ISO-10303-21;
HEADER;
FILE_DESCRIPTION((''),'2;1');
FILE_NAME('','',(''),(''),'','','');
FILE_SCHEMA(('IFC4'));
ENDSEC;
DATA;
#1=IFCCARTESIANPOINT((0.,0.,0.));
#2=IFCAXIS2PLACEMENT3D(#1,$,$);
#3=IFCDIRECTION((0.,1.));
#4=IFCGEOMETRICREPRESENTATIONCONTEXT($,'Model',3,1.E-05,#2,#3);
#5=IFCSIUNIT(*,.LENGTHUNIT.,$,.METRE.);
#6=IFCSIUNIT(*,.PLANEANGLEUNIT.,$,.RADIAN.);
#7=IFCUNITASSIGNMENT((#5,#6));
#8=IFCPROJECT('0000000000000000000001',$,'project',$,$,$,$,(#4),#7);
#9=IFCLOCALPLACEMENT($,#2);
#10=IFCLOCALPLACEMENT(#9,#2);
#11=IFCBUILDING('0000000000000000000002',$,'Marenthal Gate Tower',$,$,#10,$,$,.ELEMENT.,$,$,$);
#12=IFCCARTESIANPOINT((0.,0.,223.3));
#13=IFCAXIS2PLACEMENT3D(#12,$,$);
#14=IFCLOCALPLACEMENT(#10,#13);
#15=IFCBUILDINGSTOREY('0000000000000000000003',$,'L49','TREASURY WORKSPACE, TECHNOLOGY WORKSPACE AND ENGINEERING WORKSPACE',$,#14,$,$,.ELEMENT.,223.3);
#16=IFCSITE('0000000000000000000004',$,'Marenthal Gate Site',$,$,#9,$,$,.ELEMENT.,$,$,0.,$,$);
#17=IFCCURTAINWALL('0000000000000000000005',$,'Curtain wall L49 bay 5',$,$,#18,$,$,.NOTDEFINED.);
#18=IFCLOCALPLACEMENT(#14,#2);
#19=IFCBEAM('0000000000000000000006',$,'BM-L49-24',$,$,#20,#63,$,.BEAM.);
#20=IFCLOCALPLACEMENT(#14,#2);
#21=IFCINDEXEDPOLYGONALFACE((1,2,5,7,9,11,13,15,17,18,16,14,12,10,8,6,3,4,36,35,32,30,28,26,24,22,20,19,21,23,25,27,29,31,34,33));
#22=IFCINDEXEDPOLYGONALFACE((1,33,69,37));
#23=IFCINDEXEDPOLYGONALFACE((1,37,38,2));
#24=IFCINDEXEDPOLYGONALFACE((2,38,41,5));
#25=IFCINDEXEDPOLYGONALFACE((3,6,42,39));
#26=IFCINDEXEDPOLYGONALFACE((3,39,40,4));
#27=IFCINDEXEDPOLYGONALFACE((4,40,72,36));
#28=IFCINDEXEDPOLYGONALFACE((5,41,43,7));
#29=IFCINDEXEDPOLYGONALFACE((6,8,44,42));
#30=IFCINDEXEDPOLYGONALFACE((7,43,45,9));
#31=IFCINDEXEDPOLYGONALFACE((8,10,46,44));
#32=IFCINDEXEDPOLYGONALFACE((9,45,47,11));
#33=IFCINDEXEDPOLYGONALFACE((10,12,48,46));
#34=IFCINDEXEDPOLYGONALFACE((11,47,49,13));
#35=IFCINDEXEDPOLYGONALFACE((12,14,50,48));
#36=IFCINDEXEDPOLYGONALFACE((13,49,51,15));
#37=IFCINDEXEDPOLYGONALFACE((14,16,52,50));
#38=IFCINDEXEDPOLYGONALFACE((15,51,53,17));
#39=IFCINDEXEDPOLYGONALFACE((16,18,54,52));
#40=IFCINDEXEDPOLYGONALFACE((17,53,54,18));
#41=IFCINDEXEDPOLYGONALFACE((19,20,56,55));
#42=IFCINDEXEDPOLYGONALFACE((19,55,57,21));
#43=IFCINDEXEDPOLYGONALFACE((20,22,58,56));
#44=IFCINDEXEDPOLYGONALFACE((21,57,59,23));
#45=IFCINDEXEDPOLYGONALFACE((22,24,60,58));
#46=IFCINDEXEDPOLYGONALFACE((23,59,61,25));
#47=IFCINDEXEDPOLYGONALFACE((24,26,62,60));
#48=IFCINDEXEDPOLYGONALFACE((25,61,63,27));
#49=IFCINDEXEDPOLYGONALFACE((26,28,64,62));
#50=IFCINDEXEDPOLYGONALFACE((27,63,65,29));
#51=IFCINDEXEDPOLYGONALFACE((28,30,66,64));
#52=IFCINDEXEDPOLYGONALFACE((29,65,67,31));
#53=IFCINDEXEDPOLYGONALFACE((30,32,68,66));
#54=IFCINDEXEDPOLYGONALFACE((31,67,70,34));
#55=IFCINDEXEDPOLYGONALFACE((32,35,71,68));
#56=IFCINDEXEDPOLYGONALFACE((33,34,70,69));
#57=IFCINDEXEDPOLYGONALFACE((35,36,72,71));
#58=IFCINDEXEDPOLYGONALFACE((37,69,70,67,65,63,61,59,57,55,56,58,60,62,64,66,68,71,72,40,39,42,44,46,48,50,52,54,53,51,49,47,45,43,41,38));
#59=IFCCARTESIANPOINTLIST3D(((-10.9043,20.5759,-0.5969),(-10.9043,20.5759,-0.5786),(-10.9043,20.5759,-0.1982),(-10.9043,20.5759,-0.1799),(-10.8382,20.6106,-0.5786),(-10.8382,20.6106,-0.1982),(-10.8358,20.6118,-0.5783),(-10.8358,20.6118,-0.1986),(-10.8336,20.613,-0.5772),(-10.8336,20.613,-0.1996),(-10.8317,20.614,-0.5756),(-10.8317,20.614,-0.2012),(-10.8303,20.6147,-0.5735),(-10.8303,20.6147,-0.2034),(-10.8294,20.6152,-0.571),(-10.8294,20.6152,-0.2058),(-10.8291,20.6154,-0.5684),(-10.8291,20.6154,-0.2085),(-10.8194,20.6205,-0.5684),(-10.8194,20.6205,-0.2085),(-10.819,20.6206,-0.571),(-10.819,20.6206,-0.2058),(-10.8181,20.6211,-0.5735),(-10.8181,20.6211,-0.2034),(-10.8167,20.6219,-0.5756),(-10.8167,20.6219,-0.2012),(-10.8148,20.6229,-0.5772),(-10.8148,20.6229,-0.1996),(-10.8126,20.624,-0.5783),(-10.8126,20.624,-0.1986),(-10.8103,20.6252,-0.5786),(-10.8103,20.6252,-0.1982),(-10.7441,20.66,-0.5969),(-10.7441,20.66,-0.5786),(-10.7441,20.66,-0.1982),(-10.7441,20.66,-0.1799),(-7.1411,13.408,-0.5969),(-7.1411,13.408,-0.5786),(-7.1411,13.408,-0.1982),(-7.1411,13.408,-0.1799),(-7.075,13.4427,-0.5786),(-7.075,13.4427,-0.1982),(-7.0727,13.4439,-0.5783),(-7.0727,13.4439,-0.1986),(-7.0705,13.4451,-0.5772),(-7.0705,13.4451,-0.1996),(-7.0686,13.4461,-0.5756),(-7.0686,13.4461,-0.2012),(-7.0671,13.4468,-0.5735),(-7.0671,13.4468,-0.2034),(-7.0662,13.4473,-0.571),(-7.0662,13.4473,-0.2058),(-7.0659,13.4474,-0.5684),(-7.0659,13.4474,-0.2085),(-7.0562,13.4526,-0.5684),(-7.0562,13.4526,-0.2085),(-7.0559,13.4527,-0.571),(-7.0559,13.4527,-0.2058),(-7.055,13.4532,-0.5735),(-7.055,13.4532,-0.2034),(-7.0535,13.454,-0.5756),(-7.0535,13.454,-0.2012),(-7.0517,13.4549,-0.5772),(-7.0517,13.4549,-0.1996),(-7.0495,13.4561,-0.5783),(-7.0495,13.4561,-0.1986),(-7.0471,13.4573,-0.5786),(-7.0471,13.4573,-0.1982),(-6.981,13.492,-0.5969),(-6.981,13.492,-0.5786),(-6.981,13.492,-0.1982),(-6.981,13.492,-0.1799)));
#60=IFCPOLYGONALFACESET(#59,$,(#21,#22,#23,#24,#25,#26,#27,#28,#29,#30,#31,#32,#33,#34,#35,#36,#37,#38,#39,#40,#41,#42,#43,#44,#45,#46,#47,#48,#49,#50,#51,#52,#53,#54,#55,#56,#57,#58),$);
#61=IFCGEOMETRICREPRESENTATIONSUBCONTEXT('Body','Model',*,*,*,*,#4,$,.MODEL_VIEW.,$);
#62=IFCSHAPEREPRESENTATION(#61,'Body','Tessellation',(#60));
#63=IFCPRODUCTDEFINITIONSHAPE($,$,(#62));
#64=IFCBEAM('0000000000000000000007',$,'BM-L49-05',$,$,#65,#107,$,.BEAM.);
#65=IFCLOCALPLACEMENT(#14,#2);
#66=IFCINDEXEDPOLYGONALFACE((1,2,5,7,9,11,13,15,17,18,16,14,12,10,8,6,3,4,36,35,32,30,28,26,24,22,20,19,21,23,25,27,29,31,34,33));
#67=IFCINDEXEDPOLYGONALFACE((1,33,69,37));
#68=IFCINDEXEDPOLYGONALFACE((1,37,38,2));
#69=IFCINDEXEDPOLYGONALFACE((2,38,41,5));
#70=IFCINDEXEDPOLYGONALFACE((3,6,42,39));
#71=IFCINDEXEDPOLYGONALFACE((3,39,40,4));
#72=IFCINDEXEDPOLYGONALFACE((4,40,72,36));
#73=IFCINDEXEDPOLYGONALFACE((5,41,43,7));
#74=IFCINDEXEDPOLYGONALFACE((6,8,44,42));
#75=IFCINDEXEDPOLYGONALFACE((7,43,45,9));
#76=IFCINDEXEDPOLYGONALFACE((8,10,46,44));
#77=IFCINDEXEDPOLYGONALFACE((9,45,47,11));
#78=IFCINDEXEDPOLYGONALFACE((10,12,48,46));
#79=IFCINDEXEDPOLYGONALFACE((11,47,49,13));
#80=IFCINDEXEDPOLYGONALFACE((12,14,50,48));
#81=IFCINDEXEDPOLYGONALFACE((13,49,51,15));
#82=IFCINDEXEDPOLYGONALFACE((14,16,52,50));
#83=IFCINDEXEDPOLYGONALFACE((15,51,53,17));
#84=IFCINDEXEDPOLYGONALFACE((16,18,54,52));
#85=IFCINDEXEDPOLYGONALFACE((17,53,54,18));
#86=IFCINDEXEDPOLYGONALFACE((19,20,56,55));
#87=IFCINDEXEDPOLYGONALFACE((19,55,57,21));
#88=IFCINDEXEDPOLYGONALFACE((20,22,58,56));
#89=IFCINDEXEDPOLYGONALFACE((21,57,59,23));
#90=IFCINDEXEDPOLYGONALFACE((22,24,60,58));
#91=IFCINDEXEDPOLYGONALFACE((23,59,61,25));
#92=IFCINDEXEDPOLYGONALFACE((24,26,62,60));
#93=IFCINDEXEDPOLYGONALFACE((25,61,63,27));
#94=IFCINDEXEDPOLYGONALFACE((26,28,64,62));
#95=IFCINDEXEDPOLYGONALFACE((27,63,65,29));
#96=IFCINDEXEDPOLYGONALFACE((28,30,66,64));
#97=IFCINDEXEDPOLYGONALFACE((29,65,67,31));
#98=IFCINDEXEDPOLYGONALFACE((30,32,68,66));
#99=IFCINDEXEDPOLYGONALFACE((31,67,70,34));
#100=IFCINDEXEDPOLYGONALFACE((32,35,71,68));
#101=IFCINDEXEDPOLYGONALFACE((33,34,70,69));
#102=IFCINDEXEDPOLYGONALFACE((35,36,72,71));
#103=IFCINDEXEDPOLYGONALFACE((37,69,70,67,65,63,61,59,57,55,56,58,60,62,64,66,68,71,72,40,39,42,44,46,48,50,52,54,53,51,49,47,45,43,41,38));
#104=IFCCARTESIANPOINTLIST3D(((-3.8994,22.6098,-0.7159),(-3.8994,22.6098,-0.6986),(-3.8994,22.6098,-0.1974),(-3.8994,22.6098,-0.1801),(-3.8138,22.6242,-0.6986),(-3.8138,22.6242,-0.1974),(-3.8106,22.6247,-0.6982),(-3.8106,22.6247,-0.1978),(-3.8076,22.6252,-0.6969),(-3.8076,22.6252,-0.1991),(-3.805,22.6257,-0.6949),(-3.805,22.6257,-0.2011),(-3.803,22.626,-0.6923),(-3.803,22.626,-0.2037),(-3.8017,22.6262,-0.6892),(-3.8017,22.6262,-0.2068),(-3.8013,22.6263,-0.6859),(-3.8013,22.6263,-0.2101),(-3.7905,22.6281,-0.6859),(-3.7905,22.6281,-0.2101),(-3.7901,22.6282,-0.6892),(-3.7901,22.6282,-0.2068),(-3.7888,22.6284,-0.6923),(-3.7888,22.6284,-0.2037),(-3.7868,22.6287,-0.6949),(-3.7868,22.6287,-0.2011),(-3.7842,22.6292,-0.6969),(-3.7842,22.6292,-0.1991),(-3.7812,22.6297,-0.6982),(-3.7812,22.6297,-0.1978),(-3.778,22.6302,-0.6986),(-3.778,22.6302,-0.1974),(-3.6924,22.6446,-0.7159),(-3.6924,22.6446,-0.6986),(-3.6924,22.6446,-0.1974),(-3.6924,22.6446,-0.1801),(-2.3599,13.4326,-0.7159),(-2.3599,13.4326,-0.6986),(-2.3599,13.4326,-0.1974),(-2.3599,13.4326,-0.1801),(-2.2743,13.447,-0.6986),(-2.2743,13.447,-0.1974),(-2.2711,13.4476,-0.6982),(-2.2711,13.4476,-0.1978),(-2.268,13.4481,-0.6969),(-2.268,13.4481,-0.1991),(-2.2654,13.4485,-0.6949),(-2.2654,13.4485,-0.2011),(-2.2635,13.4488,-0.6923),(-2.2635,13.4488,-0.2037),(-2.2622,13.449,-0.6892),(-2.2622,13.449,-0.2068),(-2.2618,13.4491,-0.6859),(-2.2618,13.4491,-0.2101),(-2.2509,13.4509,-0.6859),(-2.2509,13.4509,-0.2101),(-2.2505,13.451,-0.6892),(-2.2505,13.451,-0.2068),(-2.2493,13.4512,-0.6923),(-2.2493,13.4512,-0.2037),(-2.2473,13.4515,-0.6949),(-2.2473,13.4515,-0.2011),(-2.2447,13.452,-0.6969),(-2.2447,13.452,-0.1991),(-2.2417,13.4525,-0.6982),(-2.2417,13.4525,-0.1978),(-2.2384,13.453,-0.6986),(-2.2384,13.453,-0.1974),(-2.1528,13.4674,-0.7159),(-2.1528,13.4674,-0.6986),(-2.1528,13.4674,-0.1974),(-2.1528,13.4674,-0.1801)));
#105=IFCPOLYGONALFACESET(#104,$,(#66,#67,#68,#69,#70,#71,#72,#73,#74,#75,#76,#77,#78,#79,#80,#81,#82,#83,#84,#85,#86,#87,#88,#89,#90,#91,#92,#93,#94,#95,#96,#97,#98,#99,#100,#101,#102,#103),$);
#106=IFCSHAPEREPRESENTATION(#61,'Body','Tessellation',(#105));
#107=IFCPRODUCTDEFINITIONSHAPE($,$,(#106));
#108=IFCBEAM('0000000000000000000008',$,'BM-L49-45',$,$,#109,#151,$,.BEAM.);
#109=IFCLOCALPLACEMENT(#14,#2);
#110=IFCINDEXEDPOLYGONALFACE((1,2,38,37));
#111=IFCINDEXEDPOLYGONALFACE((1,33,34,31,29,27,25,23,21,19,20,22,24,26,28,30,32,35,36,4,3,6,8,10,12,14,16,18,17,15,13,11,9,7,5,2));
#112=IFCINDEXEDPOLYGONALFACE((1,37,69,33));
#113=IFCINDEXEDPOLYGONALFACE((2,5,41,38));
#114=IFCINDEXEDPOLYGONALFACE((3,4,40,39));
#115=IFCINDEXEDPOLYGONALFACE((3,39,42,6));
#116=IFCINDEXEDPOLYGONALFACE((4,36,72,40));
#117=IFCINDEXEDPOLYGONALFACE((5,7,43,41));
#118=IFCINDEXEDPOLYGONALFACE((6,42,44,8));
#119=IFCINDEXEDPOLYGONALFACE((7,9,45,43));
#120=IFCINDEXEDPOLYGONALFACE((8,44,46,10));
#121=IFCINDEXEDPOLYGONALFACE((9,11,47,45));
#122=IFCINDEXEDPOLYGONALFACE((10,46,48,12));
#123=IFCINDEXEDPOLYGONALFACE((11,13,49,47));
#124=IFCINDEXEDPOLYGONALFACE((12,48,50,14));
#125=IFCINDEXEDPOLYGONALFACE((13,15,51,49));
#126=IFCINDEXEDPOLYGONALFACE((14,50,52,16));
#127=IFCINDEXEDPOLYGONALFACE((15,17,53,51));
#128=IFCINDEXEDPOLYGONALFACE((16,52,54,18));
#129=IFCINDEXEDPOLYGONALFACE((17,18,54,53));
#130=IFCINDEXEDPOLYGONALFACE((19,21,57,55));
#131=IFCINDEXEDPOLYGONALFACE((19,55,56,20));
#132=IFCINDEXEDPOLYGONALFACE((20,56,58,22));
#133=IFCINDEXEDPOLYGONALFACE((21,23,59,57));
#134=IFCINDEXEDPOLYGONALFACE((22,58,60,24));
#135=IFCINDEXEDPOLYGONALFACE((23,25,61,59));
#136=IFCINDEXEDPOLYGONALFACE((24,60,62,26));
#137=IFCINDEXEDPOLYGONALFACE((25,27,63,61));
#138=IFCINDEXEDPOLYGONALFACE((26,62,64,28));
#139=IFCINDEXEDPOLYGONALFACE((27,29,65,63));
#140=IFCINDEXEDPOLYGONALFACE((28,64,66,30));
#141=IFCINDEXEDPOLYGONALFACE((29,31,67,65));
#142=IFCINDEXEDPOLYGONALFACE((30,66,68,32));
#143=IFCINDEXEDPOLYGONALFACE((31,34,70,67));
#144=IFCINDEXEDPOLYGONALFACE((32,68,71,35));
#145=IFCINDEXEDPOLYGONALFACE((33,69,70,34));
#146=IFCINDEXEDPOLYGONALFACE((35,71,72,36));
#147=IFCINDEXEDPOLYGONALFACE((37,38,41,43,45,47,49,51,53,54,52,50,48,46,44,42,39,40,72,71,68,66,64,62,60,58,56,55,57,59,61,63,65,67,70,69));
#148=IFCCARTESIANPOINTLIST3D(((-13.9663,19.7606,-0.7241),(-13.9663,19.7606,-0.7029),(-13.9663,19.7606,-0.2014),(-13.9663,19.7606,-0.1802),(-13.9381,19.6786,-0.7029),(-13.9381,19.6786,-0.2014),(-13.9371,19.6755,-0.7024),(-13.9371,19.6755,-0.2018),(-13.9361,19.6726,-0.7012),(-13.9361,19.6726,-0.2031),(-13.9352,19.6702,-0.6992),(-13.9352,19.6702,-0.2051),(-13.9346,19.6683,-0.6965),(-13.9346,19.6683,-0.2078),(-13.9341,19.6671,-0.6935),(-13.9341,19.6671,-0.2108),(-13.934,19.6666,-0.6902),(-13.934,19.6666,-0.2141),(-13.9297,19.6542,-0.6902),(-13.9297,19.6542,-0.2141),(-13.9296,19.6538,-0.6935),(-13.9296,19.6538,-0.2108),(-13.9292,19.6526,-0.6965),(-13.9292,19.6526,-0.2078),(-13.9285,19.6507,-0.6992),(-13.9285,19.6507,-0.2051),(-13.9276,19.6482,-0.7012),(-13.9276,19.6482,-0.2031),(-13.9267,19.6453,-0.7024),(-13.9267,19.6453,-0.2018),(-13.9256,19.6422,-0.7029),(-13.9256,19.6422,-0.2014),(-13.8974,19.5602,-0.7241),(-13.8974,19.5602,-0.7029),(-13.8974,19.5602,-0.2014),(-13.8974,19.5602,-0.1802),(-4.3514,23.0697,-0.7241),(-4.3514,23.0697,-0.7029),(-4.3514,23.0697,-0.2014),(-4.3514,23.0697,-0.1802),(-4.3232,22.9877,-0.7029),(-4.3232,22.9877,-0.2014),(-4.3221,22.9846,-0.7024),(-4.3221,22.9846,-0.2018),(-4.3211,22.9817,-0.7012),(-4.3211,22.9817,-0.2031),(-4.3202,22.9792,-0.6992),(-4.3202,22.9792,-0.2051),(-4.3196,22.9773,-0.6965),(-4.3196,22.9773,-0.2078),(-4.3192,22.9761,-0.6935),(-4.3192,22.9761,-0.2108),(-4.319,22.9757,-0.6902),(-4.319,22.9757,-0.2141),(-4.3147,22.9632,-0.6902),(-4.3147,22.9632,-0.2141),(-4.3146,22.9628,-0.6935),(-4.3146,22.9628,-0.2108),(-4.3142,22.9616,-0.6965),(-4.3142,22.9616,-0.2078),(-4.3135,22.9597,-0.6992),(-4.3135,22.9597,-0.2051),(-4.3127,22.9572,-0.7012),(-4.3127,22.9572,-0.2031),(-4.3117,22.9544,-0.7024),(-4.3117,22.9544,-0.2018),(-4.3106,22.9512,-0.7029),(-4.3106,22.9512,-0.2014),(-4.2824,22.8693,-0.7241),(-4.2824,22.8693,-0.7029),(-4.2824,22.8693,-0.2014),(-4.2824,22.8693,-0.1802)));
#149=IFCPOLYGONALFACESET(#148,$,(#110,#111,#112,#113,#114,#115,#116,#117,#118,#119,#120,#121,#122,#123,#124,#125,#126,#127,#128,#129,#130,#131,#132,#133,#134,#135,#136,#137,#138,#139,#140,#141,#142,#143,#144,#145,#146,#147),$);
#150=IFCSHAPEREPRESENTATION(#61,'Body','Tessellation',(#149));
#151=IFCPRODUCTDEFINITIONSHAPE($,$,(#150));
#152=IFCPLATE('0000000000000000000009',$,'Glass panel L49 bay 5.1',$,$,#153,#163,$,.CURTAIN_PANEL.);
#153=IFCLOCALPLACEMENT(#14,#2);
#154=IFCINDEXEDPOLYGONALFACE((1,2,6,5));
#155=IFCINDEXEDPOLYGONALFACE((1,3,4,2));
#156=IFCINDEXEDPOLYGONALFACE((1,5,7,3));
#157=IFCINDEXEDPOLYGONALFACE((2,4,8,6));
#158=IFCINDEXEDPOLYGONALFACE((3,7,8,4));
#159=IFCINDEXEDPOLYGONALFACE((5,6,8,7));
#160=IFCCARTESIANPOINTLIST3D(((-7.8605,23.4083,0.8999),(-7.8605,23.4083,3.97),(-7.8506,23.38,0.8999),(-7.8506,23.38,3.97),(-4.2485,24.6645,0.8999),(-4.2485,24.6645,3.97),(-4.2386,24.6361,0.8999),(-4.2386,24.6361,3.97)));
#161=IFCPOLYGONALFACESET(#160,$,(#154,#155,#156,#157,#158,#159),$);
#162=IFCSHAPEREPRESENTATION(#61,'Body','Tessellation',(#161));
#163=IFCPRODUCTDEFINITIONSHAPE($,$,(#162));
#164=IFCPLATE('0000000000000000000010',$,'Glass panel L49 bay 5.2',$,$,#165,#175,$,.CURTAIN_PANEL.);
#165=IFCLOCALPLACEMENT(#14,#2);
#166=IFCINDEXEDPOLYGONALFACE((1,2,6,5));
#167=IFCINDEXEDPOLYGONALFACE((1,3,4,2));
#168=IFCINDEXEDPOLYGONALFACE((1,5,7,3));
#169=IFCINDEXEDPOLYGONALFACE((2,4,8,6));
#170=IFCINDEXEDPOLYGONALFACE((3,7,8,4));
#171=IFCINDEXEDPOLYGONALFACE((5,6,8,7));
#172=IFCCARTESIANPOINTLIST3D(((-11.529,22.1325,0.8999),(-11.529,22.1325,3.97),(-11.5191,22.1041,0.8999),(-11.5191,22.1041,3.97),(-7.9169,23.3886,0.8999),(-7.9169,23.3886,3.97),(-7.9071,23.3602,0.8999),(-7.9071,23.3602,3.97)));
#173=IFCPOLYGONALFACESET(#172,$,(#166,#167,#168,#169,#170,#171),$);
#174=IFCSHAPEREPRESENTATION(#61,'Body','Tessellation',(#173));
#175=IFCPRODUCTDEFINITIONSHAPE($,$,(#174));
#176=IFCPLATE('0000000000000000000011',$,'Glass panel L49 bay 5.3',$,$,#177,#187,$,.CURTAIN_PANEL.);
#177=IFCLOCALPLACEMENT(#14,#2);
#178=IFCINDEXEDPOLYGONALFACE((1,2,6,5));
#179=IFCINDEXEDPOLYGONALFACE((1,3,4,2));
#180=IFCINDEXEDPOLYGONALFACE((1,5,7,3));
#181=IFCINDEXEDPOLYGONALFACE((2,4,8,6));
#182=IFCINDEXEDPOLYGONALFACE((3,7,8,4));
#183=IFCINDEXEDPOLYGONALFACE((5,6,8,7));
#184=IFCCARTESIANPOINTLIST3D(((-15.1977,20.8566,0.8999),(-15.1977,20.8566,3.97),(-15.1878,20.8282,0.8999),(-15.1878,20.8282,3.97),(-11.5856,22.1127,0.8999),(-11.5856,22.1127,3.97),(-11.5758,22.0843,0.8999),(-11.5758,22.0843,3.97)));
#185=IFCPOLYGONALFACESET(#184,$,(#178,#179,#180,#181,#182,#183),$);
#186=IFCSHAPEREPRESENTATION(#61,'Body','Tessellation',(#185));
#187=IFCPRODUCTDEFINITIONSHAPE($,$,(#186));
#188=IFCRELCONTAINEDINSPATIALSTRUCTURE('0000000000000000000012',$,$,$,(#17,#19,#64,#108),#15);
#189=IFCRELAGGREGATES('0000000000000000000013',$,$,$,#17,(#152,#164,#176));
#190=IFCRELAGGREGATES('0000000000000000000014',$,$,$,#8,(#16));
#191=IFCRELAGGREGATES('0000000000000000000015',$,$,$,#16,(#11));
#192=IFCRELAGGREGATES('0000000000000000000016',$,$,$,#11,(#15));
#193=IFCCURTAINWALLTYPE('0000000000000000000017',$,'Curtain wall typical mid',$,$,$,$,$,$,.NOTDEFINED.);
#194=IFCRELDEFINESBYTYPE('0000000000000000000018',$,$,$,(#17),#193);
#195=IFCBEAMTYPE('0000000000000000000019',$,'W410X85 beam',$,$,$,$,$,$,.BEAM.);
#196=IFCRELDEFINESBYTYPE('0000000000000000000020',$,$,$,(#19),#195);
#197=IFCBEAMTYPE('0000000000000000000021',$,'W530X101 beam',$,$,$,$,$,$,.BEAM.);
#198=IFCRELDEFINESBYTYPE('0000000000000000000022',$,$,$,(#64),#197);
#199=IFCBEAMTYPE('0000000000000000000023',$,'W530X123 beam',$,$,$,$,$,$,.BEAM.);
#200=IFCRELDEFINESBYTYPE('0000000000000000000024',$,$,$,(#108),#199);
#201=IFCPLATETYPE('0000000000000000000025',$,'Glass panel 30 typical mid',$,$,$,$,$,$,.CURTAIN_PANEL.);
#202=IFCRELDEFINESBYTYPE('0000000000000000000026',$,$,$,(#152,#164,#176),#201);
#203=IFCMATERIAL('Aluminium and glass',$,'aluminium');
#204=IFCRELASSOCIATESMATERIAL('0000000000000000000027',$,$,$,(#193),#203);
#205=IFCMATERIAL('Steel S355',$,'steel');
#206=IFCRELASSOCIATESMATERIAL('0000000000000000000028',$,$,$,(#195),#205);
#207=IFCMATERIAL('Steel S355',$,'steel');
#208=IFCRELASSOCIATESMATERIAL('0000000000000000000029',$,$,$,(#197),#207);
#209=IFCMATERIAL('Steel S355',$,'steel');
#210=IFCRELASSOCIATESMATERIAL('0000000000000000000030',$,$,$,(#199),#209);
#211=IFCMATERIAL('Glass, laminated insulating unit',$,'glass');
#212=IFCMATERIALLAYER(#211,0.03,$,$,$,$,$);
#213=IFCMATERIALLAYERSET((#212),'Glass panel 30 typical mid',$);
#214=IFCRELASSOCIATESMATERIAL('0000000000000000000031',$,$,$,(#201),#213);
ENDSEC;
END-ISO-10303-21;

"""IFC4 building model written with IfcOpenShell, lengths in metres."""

from ifc_helpers import new_model, si_unit, direction, frame, origin, origin_2d, place, context, subcontext, project, spatial, rectangle, i_section, extrude, material, layer, layer_set, material_profile, profile_set, type_object, element, aggregate, save


model = new_model("IFC4")

# Units and contexts
model_context = context("Model", 3, precision=1e-05, world=origin(), true_north=direction((0.0, 1.0)))
body_context = subcontext(model_context, "Body", "Model", "MODEL_VIEW")
ifc_project = project(units=[si_unit("LENGTHUNIT", "METRE"), si_unit("PLANEANGLEUNIT", "RADIAN")], contexts=[model_context])

# Site, building, storey
site_placement = place(None, origin())
site = spatial("IfcSite", under=ifc_project, at=site_placement, Name="Marenthal Gate Site", CompositionType="ELEMENT", RefElevation=0.0)
building_placement = place(site_placement, origin())
building = spatial("IfcBuilding", under=site, at=building_placement, Name="Marenthal Gate Tower", CompositionType="ELEMENT")
storey_placement = place(building_placement, frame((0.0, 0.0, 223.3)))
storey = spatial("IfcBuildingStorey", under=building, at=storey_placement, Name="L49", Description="TREASURY WORKSPACE, TECHNOLOGY WORKSPACE AND ENGINEERING WORKSPACE", CompositionType="ELEMENT", Elevation=223.3)

# Curtain wall
ifc_material_1 = material(Name="Aluminium and glass", Category="aluminium")
curtain_wall_type = type_object("IfcCurtainWallType", Name="Curtain wall typical mid", PredefinedType="NOTDEFINED", material=ifc_material_1)
curtain_wall_placement = place(storey_placement, origin())
curtain_wall = element("IfcCurtainWall", 1, at=curtain_wall_placement, inside=storey, type_object=curtain_wall_type, Name="Curtain wall L49 bay 5", PredefinedType="NOTDEFINED")

# Beams
ifc_material_2 = material(Name="Steel S355", Category="steel")
ifc_material_profile_1 = material_profile(ifc_material_2, i_section(OverallWidth=0.1809, OverallDepth=0.417, WebThickness=0.011, FlangeThickness=0.0183, FilletRadius=0.0103, at=origin_2d()), Name="W410X85")
ifc_profile_set_1 = profile_set([ifc_material_profile_1], Name="Steel S355")
beam_type_1 = type_object("IfcBeamType", Name="W410X85 beam", PredefinedType="BEAM", material=ifc_profile_set_1)
beam_1_placement = place(storey_placement, frame((-10.8242, 20.6179, -0.3884), z_axis=(0.464834, -0.885398, 0.0), x_axis=(0.885398, 0.464834, 0.0)))
element("IfcBeam", 2, at=beam_1_placement, inside=storey, type_object=beam_type_1, Name="BM-L49-24", PredefinedType="BEAM", context=body_context, shape_type="SweptSolid", body=[
    extrude(i_section(OverallWidth=0.1809, OverallDepth=0.417, WebThickness=0.011, FlangeThickness=0.0183, FilletRadius=0.0103, at=origin_2d()), origin(), (0.0, 0.0, 1.0), 8.0957),
])
ifc_material_3 = material(Name="Steel S355", Category="steel")
ifc_material_profile_2 = material_profile(ifc_material_3, i_section(OverallWidth=0.21, OverallDepth=0.5359, WebThickness=0.011, FlangeThickness=0.0173, FilletRadius=0.0127, at=origin_2d()), Name="W530X101")
ifc_profile_set_2 = profile_set([ifc_material_profile_2], Name="Steel S355")
beam_type_2 = type_object("IfcBeamType", Name="W530X101 beam", PredefinedType="BEAM", material=ifc_profile_set_2)
beam_2_placement = place(storey_placement, frame((-3.7959, 22.6272, -0.448), z_axis=(0.165446, -0.986219, 0.0), x_axis=(0.986219, 0.165446, 0.0)))
element("IfcBeam", 3, at=beam_2_placement, inside=storey, type_object=beam_type_2, Name="BM-L49-05", PredefinedType="BEAM", context=body_context, shape_type="SweptSolid", body=[
    extrude(i_section(OverallWidth=0.21, OverallDepth=0.5359, WebThickness=0.011, FlangeThickness=0.0173, FilletRadius=0.0127, at=origin_2d()), origin(), (0.0, 0.0, 1.0), 9.3054),
])
ifc_material_4 = material(Name="Steel S355", Category="steel")
ifc_material_profile_3 = material_profile(ifc_material_4, i_section(OverallWidth=0.2119, OverallDepth=0.5439, WebThickness=0.0132, FlangeThickness=0.0212, FilletRadius=0.0127, at=origin_2d()), Name="W530X123")
ifc_profile_set_3 = profile_set([ifc_material_profile_3], Name="Steel S355")
beam_type_3 = type_object("IfcBeamType", Name="W530X123 beam", PredefinedType="BEAM", material=ifc_profile_set_3)
beam_3_placement = place(storey_placement, frame((-4.3169, 22.9695, -0.4521), z_axis=(-0.945568, -0.325425, 0.0), x_axis=(0.325425, -0.945568, 0.0)))
element("IfcBeam", 4, at=beam_3_placement, inside=storey, type_object=beam_type_3, Name="BM-L49-45", PredefinedType="BEAM", context=body_context, shape_type="SweptSolid", body=[
    extrude(i_section(OverallWidth=0.2119, OverallDepth=0.5439, WebThickness=0.0132, FlangeThickness=0.0212, FilletRadius=0.0127, at=origin_2d()), origin(), (0.0, 0.0, 1.0), 10.1685),
])

# Plates
ifc_material_5 = material(Name="Glass, laminated insulating unit", Category="glass")
ifc_layer_1 = layer(ifc_material_5, 0.03)
ifc_layer_set_1 = layer_set([ifc_layer_1], Name="Glass panel 30 typical mid")
plate_type = type_object("IfcPlateType", Name="Glass panel 30 typical mid", PredefinedType="CURTAIN_PANEL", material=ifc_layer_set_1)
plate_1_placement = place(storey_placement, frame((-6.0496, 24.0222, 0.8999), z_axis=(0.0, 0.0, 1.0), x_axis=(-0.944515, -0.328468, 0.0)))
plate_1 = element("IfcPlate", 5, at=plate_1_placement, type_object=plate_type, Name="Glass panel L49 bay 5.1", PredefinedType="CURTAIN_PANEL", context=body_context, shape_type="SweptSolid", body=[
    extrude(rectangle(XDim=3.8242, YDim=0.03, at=origin_2d()), origin(), (0.0, 0.0, 1.0), 3.0701),
])
plate_2_placement = place(storey_placement, frame((-9.718, 22.7463, 0.8999), z_axis=(0.0, 0.0, 1.0), x_axis=(-0.944515, -0.328468, 0.0)))
plate_2 = element("IfcPlate", 6, at=plate_2_placement, type_object=plate_type, Name="Glass panel L49 bay 5.2", PredefinedType="CURTAIN_PANEL", context=body_context, shape_type="SweptSolid", body=[
    extrude(rectangle(XDim=3.8242, YDim=0.03, at=origin_2d()), origin(), (0.0, 0.0, 1.0), 3.0701),
])
plate_3_placement = place(storey_placement, frame((-13.3867, 21.4705, 0.8999), z_axis=(0.0, 0.0, 1.0), x_axis=(-0.944515, -0.328468, 0.0)))
plate_3 = element("IfcPlate", 7, at=plate_3_placement, type_object=plate_type, Name="Glass panel L49 bay 5.3", PredefinedType="CURTAIN_PANEL", context=body_context, shape_type="SweptSolid", body=[
    extrude(rectangle(XDim=3.8242, YDim=0.03, at=origin_2d()), origin(), (0.0, 0.0, 1.0), 3.0701),
])
aggregate(curtain_wall, [plate_1, plate_2, plate_3])

save(model, "model.ifc")
